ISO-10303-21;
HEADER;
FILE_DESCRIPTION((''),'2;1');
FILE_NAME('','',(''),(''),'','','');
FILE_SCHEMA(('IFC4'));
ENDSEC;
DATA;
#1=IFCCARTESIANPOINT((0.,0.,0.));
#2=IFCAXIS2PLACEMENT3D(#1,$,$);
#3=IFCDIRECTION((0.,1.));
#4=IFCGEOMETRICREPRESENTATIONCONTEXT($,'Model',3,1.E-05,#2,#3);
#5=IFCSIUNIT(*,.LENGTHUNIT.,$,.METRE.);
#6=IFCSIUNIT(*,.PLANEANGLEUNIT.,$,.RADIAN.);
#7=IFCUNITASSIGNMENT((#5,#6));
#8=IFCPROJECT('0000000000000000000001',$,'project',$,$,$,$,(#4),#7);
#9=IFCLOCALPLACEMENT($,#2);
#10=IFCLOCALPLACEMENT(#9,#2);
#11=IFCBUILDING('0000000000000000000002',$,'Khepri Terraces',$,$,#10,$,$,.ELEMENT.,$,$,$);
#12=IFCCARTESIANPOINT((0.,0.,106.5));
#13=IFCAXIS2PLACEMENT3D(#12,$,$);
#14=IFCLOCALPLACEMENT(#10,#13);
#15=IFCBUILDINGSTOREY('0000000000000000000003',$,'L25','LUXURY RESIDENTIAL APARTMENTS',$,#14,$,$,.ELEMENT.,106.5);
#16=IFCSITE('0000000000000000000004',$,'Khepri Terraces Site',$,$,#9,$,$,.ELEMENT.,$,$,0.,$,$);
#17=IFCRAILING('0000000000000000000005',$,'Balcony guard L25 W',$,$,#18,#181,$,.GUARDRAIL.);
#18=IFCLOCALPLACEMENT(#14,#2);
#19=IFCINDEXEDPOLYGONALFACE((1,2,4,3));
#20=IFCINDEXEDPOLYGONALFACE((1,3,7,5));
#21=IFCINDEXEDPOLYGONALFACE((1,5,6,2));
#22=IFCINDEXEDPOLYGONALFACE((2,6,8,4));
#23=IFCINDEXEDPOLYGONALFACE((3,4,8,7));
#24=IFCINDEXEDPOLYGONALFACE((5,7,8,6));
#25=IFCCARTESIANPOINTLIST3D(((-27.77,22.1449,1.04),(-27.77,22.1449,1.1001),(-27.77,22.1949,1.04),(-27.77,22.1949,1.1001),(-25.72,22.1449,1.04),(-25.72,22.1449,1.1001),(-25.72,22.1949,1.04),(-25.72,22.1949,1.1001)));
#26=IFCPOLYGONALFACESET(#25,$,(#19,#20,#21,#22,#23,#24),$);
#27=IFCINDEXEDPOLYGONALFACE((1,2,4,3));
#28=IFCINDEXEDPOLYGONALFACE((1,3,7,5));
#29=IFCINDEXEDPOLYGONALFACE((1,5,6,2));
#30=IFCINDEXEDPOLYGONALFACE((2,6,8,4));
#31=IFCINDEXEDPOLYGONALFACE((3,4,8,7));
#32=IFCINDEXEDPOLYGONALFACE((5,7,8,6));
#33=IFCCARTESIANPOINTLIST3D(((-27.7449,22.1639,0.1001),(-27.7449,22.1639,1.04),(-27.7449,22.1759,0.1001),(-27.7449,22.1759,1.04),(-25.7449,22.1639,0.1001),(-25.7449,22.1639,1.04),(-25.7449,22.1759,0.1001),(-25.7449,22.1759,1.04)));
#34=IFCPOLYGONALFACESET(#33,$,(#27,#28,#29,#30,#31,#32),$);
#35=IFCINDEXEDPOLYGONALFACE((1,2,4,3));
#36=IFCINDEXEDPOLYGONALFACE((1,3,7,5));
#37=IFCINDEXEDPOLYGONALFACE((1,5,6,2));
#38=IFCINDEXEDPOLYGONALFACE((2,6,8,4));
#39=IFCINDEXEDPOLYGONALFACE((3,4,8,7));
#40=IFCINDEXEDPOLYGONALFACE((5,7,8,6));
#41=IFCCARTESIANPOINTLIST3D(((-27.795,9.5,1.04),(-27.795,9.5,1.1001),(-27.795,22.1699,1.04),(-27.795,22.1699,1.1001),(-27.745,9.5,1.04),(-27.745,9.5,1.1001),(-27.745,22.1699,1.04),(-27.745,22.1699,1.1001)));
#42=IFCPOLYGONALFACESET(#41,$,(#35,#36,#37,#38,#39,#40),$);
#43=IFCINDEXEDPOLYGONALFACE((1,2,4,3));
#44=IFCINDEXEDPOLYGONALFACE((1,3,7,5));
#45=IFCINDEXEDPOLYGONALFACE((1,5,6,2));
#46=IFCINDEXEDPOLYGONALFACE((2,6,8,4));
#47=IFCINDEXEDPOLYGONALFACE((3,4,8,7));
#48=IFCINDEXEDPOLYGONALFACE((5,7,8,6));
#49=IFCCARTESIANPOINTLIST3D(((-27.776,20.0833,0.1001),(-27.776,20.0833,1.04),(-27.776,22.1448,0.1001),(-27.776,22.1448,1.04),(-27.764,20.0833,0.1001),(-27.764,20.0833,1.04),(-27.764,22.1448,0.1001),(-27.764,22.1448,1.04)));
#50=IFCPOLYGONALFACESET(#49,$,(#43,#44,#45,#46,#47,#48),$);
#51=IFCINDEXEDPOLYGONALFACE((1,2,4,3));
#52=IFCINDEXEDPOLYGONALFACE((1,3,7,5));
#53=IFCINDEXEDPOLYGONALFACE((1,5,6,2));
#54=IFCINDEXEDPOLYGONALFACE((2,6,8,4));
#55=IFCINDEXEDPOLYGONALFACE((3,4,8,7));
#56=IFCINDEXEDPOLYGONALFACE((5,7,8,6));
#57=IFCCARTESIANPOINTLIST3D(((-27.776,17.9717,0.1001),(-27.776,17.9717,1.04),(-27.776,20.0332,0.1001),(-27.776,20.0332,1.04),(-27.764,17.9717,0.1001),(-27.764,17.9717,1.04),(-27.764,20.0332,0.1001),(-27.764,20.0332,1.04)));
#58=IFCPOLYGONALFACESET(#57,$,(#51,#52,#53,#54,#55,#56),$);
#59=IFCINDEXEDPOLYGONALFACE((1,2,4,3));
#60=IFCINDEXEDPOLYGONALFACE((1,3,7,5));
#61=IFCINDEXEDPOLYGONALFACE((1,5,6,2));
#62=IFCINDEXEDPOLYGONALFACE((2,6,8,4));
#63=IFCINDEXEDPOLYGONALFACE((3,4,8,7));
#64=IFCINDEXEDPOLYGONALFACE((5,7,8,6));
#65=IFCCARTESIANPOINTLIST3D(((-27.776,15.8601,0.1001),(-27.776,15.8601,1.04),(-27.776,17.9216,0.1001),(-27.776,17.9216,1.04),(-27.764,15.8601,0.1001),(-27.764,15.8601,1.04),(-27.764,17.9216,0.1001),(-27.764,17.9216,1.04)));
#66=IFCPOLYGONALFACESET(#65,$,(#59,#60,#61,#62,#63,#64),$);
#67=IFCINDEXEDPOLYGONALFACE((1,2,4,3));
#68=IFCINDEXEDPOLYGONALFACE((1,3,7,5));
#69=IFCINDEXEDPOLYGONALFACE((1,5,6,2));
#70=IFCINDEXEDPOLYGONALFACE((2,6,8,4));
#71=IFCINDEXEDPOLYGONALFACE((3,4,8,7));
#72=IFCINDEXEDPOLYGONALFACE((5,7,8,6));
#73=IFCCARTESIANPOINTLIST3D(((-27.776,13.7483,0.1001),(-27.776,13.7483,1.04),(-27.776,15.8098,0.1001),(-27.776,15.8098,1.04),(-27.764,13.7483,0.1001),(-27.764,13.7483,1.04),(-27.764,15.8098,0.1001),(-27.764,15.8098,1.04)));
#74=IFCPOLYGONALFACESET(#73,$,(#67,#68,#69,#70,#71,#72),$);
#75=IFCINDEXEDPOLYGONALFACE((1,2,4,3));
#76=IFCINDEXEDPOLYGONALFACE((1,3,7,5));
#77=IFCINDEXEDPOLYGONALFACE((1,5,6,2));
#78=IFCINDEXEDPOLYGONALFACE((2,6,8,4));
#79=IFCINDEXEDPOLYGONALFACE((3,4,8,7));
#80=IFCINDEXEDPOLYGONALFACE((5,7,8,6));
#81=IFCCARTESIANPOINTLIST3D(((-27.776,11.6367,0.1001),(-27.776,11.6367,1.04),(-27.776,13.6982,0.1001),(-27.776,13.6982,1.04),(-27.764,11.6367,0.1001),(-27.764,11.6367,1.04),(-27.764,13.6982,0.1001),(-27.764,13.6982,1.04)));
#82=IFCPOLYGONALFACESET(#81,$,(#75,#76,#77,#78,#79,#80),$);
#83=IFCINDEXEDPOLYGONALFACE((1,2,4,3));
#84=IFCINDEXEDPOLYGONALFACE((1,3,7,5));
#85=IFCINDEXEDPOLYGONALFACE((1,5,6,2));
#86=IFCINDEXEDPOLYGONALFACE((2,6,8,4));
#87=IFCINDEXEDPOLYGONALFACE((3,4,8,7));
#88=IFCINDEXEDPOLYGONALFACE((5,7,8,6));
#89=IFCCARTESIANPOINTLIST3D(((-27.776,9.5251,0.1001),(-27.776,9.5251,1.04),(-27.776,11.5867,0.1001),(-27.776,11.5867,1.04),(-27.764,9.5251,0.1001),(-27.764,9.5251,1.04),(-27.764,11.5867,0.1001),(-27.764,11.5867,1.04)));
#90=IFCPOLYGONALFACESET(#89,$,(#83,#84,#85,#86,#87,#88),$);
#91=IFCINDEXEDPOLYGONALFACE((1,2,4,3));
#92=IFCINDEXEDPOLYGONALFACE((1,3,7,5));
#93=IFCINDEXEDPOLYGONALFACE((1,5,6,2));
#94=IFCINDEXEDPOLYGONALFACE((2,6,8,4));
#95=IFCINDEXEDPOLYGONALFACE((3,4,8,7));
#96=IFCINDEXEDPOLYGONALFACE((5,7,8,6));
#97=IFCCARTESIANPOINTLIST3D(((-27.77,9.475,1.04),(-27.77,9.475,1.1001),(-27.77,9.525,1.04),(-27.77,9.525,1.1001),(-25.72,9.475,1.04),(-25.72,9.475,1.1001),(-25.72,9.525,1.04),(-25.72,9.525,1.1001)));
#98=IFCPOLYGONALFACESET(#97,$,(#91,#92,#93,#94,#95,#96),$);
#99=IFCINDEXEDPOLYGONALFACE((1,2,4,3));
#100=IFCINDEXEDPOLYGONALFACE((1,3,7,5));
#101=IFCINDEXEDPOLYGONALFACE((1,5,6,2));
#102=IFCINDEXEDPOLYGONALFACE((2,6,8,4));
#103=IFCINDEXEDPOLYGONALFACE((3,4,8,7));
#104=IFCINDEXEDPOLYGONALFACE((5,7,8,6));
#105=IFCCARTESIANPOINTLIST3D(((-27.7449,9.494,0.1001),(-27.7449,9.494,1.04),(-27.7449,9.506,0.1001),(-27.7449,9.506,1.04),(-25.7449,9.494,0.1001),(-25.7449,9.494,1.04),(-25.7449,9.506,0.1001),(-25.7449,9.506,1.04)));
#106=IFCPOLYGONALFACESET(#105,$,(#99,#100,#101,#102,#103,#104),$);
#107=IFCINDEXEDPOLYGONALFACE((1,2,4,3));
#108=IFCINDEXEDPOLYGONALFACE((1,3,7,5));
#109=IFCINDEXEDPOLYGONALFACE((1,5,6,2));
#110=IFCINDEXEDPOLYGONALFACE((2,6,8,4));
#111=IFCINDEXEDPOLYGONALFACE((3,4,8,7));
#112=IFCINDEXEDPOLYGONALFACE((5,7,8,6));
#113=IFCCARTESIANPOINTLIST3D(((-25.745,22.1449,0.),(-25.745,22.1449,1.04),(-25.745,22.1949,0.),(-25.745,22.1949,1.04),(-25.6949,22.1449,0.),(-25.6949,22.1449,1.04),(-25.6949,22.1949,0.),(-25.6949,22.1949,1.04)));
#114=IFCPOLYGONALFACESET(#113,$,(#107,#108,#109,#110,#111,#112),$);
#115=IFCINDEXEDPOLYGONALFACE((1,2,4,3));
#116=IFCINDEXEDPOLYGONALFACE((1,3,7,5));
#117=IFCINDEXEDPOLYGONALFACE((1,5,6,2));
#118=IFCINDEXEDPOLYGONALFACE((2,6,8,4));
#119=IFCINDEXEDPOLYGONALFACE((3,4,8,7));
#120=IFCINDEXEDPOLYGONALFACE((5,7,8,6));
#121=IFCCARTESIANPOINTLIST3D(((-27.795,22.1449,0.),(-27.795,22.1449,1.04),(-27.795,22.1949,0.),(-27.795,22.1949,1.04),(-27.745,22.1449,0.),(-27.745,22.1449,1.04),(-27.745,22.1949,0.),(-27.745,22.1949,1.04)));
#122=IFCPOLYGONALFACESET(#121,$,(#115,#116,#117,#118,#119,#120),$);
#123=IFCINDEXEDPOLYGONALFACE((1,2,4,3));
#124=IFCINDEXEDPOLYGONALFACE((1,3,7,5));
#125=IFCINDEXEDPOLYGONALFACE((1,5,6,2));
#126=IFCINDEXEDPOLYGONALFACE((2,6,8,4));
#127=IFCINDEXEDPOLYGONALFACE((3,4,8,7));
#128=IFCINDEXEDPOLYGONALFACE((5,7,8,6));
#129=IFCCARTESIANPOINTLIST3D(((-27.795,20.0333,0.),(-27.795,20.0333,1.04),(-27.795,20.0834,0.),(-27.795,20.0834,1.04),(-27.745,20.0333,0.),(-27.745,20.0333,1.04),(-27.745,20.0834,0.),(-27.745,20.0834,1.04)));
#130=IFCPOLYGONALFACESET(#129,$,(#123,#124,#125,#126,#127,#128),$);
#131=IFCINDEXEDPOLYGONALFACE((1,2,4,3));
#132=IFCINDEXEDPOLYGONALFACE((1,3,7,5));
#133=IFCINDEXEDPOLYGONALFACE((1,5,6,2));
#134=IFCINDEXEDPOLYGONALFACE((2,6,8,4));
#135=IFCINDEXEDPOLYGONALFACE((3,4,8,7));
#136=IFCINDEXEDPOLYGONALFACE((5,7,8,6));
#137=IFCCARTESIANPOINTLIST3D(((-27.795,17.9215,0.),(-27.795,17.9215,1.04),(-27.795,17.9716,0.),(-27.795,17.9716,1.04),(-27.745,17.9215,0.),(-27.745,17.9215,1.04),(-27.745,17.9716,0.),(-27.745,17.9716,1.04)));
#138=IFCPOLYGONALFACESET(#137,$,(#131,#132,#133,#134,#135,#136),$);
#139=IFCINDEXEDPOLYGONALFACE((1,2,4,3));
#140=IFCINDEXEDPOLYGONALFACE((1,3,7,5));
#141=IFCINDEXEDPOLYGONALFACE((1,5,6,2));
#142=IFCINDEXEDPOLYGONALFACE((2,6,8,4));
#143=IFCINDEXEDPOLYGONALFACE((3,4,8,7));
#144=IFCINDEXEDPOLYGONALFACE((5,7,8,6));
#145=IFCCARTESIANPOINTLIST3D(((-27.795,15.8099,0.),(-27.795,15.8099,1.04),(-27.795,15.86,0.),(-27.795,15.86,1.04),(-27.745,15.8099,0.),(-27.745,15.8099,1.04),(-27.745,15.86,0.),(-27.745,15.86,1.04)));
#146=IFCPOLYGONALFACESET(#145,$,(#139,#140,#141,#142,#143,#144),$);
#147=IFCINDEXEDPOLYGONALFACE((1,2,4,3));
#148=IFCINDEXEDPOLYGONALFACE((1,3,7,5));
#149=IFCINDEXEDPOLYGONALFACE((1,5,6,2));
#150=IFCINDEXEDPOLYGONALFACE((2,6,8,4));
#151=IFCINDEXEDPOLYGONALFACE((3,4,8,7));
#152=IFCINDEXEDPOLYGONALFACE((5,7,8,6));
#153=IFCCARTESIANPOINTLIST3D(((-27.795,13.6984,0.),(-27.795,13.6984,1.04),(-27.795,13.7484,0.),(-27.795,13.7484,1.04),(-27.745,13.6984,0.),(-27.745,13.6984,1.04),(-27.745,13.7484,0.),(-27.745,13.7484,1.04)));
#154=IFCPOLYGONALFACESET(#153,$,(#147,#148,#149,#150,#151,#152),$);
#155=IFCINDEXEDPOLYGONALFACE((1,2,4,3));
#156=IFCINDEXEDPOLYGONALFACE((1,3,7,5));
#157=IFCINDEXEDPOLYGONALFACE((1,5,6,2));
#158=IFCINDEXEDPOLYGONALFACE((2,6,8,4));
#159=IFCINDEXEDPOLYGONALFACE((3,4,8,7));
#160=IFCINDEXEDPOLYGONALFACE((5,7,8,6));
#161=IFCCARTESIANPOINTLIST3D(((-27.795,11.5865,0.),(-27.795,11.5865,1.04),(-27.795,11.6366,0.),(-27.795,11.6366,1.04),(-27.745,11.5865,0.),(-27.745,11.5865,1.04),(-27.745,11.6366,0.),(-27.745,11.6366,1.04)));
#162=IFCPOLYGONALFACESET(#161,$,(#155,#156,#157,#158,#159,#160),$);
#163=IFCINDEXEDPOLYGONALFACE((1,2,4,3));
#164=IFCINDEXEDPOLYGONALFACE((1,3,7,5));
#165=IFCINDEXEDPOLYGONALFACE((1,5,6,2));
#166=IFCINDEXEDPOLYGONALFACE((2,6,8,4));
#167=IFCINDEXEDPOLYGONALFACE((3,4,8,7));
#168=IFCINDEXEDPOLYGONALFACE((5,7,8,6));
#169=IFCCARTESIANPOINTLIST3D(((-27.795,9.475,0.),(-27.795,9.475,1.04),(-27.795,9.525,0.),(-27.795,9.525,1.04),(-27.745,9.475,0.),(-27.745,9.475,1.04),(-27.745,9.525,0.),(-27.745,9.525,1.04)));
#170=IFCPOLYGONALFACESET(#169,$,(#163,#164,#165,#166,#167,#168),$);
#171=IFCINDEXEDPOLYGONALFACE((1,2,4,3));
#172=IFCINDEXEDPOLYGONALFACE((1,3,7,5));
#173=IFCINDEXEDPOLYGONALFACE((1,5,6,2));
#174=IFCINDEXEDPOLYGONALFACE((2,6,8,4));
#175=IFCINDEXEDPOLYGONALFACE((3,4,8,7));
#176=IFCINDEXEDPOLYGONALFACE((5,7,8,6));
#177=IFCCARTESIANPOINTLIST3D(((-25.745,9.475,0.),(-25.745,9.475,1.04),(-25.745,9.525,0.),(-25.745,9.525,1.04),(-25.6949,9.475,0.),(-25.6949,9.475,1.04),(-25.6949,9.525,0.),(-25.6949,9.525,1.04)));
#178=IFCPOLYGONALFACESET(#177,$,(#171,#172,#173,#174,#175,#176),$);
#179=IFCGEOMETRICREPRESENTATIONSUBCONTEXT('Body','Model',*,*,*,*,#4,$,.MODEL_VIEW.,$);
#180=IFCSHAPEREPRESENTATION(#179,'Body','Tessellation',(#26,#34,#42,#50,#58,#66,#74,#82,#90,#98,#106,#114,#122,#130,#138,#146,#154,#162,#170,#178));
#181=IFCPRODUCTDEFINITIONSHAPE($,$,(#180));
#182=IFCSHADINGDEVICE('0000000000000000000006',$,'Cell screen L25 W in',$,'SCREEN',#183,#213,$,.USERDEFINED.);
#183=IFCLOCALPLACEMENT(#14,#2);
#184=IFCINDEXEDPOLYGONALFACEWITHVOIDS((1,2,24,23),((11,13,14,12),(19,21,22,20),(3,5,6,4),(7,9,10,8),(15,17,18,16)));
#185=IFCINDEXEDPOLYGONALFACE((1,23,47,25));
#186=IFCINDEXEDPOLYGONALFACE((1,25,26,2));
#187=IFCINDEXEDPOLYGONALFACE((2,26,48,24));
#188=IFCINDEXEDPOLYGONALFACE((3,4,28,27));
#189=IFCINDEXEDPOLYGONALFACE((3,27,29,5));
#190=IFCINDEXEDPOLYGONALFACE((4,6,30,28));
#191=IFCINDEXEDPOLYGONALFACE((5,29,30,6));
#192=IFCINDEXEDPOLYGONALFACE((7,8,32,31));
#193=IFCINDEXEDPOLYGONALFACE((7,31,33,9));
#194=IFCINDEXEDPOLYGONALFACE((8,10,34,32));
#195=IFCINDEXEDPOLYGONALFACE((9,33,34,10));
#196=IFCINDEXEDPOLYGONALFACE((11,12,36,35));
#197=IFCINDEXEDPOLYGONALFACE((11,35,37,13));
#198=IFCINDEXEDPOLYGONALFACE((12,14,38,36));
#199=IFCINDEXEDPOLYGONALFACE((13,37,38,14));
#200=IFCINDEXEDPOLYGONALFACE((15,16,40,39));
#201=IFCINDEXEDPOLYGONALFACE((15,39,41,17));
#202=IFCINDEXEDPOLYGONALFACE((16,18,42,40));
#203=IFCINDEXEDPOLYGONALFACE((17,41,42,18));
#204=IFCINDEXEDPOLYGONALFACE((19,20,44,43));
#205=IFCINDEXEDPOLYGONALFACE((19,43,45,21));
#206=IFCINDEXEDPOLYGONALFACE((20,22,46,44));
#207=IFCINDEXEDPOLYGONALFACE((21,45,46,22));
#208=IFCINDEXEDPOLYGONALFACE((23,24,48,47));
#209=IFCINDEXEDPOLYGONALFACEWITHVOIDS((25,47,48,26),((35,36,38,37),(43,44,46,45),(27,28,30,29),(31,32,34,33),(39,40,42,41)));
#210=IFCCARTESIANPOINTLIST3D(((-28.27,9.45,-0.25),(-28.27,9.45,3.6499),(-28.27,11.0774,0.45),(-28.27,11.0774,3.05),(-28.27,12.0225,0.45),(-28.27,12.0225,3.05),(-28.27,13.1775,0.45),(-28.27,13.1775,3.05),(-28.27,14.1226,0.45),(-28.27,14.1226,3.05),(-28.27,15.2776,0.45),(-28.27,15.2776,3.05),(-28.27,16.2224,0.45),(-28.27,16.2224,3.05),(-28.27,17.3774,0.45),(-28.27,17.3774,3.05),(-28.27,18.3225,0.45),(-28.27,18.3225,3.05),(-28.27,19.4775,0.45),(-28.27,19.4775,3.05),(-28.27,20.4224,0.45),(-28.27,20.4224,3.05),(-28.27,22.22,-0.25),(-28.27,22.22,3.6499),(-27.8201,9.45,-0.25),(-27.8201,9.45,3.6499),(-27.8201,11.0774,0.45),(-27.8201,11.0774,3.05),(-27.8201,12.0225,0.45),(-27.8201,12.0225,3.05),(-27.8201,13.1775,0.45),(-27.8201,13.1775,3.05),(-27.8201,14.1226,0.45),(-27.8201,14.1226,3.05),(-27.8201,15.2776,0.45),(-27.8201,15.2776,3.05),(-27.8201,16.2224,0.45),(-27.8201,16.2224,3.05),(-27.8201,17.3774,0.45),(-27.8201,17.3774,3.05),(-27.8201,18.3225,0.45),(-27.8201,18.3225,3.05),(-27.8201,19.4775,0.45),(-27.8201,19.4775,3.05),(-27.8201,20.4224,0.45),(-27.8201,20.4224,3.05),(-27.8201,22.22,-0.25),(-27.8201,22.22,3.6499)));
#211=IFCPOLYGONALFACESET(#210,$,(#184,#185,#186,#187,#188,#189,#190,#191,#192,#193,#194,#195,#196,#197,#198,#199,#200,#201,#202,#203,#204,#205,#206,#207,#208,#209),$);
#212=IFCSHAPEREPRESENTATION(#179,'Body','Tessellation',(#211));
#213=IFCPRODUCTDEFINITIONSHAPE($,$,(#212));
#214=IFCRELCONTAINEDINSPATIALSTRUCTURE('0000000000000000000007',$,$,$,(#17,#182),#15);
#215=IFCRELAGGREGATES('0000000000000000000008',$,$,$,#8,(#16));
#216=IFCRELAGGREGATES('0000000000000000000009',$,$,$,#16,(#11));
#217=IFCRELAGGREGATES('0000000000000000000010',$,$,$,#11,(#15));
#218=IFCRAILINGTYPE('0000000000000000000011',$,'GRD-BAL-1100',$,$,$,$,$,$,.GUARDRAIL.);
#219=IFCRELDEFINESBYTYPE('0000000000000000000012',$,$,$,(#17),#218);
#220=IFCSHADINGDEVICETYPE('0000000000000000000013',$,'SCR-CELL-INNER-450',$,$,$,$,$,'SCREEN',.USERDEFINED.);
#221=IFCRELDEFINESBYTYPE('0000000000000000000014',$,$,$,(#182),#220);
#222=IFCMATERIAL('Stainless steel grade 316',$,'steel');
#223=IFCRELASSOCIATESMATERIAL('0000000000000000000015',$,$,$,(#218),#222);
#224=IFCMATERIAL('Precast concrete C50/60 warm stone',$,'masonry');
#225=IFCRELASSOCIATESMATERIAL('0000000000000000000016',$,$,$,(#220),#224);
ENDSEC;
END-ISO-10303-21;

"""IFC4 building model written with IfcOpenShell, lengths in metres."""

from ifc_helpers import new_model, si_unit, direction, frame, origin, origin_2d, place, context, subcontext, project, spatial, polyline, rectangle, outline, extrude, material, type_object, element, save


model = new_model("IFC4")

# Units and contexts
model_context = context("Model", 3, precision=1e-05, world=origin(), true_north=direction((0.0, 1.0)))
body_context = subcontext(model_context, "Body", "Model", "MODEL_VIEW")
ifc_project = project(units=[si_unit("LENGTHUNIT", "METRE"), si_unit("PLANEANGLEUNIT", "RADIAN")], contexts=[model_context])

# Site, building, storey
site_placement = place(None, origin())
site = spatial("IfcSite", under=ifc_project, at=site_placement, Name="Khepri Terraces Site", CompositionType="ELEMENT", RefElevation=0.0)
building_placement = place(site_placement, origin())
building = spatial("IfcBuilding", under=site, at=building_placement, Name="Khepri Terraces", CompositionType="ELEMENT")
storey_placement = place(building_placement, frame((0.0, 0.0, 106.5)))
storey = spatial("IfcBuildingStorey", under=building, at=storey_placement, Name="L25", Description="LUXURY RESIDENTIAL APARTMENTS", CompositionType="ELEMENT", Elevation=106.5)

# Shared definitions
ifc_material_1 = material(Name="Precast concrete C50/60 warm stone", Category="masonry")

# Railing
ifc_material_2 = material(Name="Stainless steel grade 316", Category="steel")
railing_type = type_object("IfcRailingType", Name="GRD-BAL-1100", PredefinedType="GUARDRAIL", material=ifc_material_2)
railing_placement = place(storey_placement, frame((-25.72, 22.1699, 0.0)))
element("IfcRailing", 1, at=railing_placement, inside=storey, type_object=railing_type, Name="Balcony guard L25 W", PredefinedType="GUARDRAIL", context=body_context, shape_type="SweptSolid", body=[
    extrude(rectangle(XDim=0.05, YDim=0.0601, at=origin_2d()), frame((0.0, 0.0, 1.0701), z_axis=(-1.0, 0.0, 0.0), x_axis=(0.0, -1.0, 0.0)), (0.0, 0.0, 1.0), 2.05),
    extrude(rectangle(XDim=2.0, YDim=0.012, at=origin_2d()), frame((-1.0249, 0.0, 0.1001), z_axis=(0.0, 0.0, 1.0), x_axis=(-1.0, 0.0, 0.0)), (0.0, 0.0, 1.0), 0.9399),
    extrude(rectangle(XDim=0.05, YDim=0.0601, at=origin_2d()), frame((-2.05, 0.0, 1.0701), z_axis=(0.0, -1.0, 0.0), x_axis=(1.0, 0.0, 0.0)), (0.0, 0.0, 1.0), 12.6699),
    extrude(rectangle(XDim=2.0615, YDim=0.012, at=origin_2d()), frame((-2.05, -1.0559, 0.1001), z_axis=(0.0, 0.0, 1.0), x_axis=(0.0, -1.0, 0.0)), (0.0, 0.0, 1.0), 0.9399),
    extrude(rectangle(XDim=2.0615, YDim=0.012, at=origin_2d()), frame((-2.05, -3.1675, 0.1001), z_axis=(0.0, 0.0, 1.0), x_axis=(0.0, -1.0, 0.0)), (0.0, 0.0, 1.0), 0.9399),
    extrude(rectangle(XDim=2.0615, YDim=0.012, at=origin_2d()), frame((-2.05, -5.2791, 0.1001), z_axis=(0.0, 0.0, 1.0), x_axis=(0.0, -1.0, 0.0)), (0.0, 0.0, 1.0), 0.9399),
    extrude(rectangle(XDim=2.0615, YDim=0.012, at=origin_2d()), frame((-2.05, -7.3909, 0.1001), z_axis=(0.0, 0.0, 1.0), x_axis=(0.0, -1.0, 0.0)), (0.0, 0.0, 1.0), 0.9399),
    extrude(rectangle(XDim=2.0615, YDim=0.012, at=origin_2d()), frame((-2.05, -9.5024, 0.1001), z_axis=(0.0, 0.0, 1.0), x_axis=(0.0, -1.0, 0.0)), (0.0, 0.0, 1.0), 0.9399),
    extrude(rectangle(XDim=2.0615, YDim=0.012, at=origin_2d()), frame((-2.05, -11.614, 0.1001), z_axis=(0.0, 0.0, 1.0), x_axis=(0.0, -1.0, 0.0)), (0.0, 0.0, 1.0), 0.9399),
    extrude(rectangle(XDim=0.05, YDim=0.0601, at=origin_2d()), frame((-2.05, -12.6699, 1.0701), z_axis=(1.0, 0.0, 0.0), x_axis=(0.0, 1.0, 0.0)), (0.0, 0.0, 1.0), 2.05),
    extrude(rectangle(XDim=2.0, YDim=0.012, at=origin_2d()), frame((-1.0249, -12.6699, 0.1001), z_axis=(0.0, 0.0, 1.0), x_axis=(1.0, 0.0, 0.0)), (0.0, 0.0, 1.0), 0.9399),
    extrude(rectangle(XDim=0.05, YDim=0.05, at=origin_2d()), origin(), (0.0, 0.0, 1.0), 1.04),
    extrude(rectangle(XDim=0.05, YDim=0.05, at=origin_2d()), frame((-2.05, 0.0, 0.0)), (0.0, 0.0, 1.0), 1.04),
    extrude(rectangle(XDim=0.05, YDim=0.05, at=origin_2d()), frame((-2.05, -2.1116, 0.0)), (0.0, 0.0, 1.0), 1.04),
    extrude(rectangle(XDim=0.05, YDim=0.05, at=origin_2d()), frame((-2.05, -4.2234, 0.0)), (0.0, 0.0, 1.0), 1.04),
    extrude(rectangle(XDim=0.05, YDim=0.05, at=origin_2d()), frame((-2.05, -6.335, 0.0)), (0.0, 0.0, 1.0), 1.04),
    extrude(rectangle(XDim=0.05, YDim=0.05, at=origin_2d()), frame((-2.05, -8.4465, 0.0)), (0.0, 0.0, 1.0), 1.04),
    extrude(rectangle(XDim=0.05, YDim=0.05, at=origin_2d()), frame((-2.05, -10.5583, 0.0)), (0.0, 0.0, 1.0), 1.04),
    extrude(rectangle(XDim=0.05, YDim=0.05, at=origin_2d()), frame((-2.05, -12.6699, 0.0)), (0.0, 0.0, 1.0), 1.04),
    extrude(rectangle(XDim=0.05, YDim=0.05, at=origin_2d()), frame((0.0, -12.6699, 0.0)), (0.0, 0.0, 1.0), 1.04),
])

# Shading device
shading_device_type_1 = type_object("IfcShadingDeviceType", Name="SCR-CELL-INNER-450", ElementType="SCREEN", PredefinedType="USERDEFINED", material=ifc_material_1)
shading_device_1_placement = place(storey_placement, frame((-27.8201, 22.22, -0.25), z_axis=(-1.0, 0.0, 0.0), x_axis=(0.0, -1.0, 0.0)))
element("IfcShadingDevice", 2, at=shading_device_1_placement, inside=storey, type_object=shading_device_type_1, Name="Cell screen L25 W in", ObjectType="SCREEN", PredefinedType="USERDEFINED", context=body_context, shape_type="SweptSolid", body=[
    extrude(outline(polyline([(0.0, 0.0), (12.77, 0.0), (12.77, 3.8999), (0.0, 3.8999), (0.0, 0.0)]), holes=[polyline([(1.7976, 0.7), (2.7424, 0.7), (2.7424, 3.3), (1.7976, 3.3), (1.7976, 0.7)]), polyline([(3.8975, 0.7), (4.8425, 0.7), (4.8425, 3.3), (3.8975, 3.3), (3.8975, 0.7)]), polyline([(5.9976, 0.7), (6.9424, 0.7), (6.9424, 3.3), (5.9976, 3.3), (5.9976, 0.7)]), polyline([(8.0974, 0.7), (9.0425, 0.7), (9.0425, 3.3), (8.0974, 3.3), (8.0974, 0.7)]), polyline([(10.1975, 0.7), (11.1426, 0.7), (11.1426, 3.3), (10.1975, 3.3), (10.1975, 0.7)])]), origin(), (0.0, 0.0, 1.0), 0.45),
])

save(model, "model.ifc")
